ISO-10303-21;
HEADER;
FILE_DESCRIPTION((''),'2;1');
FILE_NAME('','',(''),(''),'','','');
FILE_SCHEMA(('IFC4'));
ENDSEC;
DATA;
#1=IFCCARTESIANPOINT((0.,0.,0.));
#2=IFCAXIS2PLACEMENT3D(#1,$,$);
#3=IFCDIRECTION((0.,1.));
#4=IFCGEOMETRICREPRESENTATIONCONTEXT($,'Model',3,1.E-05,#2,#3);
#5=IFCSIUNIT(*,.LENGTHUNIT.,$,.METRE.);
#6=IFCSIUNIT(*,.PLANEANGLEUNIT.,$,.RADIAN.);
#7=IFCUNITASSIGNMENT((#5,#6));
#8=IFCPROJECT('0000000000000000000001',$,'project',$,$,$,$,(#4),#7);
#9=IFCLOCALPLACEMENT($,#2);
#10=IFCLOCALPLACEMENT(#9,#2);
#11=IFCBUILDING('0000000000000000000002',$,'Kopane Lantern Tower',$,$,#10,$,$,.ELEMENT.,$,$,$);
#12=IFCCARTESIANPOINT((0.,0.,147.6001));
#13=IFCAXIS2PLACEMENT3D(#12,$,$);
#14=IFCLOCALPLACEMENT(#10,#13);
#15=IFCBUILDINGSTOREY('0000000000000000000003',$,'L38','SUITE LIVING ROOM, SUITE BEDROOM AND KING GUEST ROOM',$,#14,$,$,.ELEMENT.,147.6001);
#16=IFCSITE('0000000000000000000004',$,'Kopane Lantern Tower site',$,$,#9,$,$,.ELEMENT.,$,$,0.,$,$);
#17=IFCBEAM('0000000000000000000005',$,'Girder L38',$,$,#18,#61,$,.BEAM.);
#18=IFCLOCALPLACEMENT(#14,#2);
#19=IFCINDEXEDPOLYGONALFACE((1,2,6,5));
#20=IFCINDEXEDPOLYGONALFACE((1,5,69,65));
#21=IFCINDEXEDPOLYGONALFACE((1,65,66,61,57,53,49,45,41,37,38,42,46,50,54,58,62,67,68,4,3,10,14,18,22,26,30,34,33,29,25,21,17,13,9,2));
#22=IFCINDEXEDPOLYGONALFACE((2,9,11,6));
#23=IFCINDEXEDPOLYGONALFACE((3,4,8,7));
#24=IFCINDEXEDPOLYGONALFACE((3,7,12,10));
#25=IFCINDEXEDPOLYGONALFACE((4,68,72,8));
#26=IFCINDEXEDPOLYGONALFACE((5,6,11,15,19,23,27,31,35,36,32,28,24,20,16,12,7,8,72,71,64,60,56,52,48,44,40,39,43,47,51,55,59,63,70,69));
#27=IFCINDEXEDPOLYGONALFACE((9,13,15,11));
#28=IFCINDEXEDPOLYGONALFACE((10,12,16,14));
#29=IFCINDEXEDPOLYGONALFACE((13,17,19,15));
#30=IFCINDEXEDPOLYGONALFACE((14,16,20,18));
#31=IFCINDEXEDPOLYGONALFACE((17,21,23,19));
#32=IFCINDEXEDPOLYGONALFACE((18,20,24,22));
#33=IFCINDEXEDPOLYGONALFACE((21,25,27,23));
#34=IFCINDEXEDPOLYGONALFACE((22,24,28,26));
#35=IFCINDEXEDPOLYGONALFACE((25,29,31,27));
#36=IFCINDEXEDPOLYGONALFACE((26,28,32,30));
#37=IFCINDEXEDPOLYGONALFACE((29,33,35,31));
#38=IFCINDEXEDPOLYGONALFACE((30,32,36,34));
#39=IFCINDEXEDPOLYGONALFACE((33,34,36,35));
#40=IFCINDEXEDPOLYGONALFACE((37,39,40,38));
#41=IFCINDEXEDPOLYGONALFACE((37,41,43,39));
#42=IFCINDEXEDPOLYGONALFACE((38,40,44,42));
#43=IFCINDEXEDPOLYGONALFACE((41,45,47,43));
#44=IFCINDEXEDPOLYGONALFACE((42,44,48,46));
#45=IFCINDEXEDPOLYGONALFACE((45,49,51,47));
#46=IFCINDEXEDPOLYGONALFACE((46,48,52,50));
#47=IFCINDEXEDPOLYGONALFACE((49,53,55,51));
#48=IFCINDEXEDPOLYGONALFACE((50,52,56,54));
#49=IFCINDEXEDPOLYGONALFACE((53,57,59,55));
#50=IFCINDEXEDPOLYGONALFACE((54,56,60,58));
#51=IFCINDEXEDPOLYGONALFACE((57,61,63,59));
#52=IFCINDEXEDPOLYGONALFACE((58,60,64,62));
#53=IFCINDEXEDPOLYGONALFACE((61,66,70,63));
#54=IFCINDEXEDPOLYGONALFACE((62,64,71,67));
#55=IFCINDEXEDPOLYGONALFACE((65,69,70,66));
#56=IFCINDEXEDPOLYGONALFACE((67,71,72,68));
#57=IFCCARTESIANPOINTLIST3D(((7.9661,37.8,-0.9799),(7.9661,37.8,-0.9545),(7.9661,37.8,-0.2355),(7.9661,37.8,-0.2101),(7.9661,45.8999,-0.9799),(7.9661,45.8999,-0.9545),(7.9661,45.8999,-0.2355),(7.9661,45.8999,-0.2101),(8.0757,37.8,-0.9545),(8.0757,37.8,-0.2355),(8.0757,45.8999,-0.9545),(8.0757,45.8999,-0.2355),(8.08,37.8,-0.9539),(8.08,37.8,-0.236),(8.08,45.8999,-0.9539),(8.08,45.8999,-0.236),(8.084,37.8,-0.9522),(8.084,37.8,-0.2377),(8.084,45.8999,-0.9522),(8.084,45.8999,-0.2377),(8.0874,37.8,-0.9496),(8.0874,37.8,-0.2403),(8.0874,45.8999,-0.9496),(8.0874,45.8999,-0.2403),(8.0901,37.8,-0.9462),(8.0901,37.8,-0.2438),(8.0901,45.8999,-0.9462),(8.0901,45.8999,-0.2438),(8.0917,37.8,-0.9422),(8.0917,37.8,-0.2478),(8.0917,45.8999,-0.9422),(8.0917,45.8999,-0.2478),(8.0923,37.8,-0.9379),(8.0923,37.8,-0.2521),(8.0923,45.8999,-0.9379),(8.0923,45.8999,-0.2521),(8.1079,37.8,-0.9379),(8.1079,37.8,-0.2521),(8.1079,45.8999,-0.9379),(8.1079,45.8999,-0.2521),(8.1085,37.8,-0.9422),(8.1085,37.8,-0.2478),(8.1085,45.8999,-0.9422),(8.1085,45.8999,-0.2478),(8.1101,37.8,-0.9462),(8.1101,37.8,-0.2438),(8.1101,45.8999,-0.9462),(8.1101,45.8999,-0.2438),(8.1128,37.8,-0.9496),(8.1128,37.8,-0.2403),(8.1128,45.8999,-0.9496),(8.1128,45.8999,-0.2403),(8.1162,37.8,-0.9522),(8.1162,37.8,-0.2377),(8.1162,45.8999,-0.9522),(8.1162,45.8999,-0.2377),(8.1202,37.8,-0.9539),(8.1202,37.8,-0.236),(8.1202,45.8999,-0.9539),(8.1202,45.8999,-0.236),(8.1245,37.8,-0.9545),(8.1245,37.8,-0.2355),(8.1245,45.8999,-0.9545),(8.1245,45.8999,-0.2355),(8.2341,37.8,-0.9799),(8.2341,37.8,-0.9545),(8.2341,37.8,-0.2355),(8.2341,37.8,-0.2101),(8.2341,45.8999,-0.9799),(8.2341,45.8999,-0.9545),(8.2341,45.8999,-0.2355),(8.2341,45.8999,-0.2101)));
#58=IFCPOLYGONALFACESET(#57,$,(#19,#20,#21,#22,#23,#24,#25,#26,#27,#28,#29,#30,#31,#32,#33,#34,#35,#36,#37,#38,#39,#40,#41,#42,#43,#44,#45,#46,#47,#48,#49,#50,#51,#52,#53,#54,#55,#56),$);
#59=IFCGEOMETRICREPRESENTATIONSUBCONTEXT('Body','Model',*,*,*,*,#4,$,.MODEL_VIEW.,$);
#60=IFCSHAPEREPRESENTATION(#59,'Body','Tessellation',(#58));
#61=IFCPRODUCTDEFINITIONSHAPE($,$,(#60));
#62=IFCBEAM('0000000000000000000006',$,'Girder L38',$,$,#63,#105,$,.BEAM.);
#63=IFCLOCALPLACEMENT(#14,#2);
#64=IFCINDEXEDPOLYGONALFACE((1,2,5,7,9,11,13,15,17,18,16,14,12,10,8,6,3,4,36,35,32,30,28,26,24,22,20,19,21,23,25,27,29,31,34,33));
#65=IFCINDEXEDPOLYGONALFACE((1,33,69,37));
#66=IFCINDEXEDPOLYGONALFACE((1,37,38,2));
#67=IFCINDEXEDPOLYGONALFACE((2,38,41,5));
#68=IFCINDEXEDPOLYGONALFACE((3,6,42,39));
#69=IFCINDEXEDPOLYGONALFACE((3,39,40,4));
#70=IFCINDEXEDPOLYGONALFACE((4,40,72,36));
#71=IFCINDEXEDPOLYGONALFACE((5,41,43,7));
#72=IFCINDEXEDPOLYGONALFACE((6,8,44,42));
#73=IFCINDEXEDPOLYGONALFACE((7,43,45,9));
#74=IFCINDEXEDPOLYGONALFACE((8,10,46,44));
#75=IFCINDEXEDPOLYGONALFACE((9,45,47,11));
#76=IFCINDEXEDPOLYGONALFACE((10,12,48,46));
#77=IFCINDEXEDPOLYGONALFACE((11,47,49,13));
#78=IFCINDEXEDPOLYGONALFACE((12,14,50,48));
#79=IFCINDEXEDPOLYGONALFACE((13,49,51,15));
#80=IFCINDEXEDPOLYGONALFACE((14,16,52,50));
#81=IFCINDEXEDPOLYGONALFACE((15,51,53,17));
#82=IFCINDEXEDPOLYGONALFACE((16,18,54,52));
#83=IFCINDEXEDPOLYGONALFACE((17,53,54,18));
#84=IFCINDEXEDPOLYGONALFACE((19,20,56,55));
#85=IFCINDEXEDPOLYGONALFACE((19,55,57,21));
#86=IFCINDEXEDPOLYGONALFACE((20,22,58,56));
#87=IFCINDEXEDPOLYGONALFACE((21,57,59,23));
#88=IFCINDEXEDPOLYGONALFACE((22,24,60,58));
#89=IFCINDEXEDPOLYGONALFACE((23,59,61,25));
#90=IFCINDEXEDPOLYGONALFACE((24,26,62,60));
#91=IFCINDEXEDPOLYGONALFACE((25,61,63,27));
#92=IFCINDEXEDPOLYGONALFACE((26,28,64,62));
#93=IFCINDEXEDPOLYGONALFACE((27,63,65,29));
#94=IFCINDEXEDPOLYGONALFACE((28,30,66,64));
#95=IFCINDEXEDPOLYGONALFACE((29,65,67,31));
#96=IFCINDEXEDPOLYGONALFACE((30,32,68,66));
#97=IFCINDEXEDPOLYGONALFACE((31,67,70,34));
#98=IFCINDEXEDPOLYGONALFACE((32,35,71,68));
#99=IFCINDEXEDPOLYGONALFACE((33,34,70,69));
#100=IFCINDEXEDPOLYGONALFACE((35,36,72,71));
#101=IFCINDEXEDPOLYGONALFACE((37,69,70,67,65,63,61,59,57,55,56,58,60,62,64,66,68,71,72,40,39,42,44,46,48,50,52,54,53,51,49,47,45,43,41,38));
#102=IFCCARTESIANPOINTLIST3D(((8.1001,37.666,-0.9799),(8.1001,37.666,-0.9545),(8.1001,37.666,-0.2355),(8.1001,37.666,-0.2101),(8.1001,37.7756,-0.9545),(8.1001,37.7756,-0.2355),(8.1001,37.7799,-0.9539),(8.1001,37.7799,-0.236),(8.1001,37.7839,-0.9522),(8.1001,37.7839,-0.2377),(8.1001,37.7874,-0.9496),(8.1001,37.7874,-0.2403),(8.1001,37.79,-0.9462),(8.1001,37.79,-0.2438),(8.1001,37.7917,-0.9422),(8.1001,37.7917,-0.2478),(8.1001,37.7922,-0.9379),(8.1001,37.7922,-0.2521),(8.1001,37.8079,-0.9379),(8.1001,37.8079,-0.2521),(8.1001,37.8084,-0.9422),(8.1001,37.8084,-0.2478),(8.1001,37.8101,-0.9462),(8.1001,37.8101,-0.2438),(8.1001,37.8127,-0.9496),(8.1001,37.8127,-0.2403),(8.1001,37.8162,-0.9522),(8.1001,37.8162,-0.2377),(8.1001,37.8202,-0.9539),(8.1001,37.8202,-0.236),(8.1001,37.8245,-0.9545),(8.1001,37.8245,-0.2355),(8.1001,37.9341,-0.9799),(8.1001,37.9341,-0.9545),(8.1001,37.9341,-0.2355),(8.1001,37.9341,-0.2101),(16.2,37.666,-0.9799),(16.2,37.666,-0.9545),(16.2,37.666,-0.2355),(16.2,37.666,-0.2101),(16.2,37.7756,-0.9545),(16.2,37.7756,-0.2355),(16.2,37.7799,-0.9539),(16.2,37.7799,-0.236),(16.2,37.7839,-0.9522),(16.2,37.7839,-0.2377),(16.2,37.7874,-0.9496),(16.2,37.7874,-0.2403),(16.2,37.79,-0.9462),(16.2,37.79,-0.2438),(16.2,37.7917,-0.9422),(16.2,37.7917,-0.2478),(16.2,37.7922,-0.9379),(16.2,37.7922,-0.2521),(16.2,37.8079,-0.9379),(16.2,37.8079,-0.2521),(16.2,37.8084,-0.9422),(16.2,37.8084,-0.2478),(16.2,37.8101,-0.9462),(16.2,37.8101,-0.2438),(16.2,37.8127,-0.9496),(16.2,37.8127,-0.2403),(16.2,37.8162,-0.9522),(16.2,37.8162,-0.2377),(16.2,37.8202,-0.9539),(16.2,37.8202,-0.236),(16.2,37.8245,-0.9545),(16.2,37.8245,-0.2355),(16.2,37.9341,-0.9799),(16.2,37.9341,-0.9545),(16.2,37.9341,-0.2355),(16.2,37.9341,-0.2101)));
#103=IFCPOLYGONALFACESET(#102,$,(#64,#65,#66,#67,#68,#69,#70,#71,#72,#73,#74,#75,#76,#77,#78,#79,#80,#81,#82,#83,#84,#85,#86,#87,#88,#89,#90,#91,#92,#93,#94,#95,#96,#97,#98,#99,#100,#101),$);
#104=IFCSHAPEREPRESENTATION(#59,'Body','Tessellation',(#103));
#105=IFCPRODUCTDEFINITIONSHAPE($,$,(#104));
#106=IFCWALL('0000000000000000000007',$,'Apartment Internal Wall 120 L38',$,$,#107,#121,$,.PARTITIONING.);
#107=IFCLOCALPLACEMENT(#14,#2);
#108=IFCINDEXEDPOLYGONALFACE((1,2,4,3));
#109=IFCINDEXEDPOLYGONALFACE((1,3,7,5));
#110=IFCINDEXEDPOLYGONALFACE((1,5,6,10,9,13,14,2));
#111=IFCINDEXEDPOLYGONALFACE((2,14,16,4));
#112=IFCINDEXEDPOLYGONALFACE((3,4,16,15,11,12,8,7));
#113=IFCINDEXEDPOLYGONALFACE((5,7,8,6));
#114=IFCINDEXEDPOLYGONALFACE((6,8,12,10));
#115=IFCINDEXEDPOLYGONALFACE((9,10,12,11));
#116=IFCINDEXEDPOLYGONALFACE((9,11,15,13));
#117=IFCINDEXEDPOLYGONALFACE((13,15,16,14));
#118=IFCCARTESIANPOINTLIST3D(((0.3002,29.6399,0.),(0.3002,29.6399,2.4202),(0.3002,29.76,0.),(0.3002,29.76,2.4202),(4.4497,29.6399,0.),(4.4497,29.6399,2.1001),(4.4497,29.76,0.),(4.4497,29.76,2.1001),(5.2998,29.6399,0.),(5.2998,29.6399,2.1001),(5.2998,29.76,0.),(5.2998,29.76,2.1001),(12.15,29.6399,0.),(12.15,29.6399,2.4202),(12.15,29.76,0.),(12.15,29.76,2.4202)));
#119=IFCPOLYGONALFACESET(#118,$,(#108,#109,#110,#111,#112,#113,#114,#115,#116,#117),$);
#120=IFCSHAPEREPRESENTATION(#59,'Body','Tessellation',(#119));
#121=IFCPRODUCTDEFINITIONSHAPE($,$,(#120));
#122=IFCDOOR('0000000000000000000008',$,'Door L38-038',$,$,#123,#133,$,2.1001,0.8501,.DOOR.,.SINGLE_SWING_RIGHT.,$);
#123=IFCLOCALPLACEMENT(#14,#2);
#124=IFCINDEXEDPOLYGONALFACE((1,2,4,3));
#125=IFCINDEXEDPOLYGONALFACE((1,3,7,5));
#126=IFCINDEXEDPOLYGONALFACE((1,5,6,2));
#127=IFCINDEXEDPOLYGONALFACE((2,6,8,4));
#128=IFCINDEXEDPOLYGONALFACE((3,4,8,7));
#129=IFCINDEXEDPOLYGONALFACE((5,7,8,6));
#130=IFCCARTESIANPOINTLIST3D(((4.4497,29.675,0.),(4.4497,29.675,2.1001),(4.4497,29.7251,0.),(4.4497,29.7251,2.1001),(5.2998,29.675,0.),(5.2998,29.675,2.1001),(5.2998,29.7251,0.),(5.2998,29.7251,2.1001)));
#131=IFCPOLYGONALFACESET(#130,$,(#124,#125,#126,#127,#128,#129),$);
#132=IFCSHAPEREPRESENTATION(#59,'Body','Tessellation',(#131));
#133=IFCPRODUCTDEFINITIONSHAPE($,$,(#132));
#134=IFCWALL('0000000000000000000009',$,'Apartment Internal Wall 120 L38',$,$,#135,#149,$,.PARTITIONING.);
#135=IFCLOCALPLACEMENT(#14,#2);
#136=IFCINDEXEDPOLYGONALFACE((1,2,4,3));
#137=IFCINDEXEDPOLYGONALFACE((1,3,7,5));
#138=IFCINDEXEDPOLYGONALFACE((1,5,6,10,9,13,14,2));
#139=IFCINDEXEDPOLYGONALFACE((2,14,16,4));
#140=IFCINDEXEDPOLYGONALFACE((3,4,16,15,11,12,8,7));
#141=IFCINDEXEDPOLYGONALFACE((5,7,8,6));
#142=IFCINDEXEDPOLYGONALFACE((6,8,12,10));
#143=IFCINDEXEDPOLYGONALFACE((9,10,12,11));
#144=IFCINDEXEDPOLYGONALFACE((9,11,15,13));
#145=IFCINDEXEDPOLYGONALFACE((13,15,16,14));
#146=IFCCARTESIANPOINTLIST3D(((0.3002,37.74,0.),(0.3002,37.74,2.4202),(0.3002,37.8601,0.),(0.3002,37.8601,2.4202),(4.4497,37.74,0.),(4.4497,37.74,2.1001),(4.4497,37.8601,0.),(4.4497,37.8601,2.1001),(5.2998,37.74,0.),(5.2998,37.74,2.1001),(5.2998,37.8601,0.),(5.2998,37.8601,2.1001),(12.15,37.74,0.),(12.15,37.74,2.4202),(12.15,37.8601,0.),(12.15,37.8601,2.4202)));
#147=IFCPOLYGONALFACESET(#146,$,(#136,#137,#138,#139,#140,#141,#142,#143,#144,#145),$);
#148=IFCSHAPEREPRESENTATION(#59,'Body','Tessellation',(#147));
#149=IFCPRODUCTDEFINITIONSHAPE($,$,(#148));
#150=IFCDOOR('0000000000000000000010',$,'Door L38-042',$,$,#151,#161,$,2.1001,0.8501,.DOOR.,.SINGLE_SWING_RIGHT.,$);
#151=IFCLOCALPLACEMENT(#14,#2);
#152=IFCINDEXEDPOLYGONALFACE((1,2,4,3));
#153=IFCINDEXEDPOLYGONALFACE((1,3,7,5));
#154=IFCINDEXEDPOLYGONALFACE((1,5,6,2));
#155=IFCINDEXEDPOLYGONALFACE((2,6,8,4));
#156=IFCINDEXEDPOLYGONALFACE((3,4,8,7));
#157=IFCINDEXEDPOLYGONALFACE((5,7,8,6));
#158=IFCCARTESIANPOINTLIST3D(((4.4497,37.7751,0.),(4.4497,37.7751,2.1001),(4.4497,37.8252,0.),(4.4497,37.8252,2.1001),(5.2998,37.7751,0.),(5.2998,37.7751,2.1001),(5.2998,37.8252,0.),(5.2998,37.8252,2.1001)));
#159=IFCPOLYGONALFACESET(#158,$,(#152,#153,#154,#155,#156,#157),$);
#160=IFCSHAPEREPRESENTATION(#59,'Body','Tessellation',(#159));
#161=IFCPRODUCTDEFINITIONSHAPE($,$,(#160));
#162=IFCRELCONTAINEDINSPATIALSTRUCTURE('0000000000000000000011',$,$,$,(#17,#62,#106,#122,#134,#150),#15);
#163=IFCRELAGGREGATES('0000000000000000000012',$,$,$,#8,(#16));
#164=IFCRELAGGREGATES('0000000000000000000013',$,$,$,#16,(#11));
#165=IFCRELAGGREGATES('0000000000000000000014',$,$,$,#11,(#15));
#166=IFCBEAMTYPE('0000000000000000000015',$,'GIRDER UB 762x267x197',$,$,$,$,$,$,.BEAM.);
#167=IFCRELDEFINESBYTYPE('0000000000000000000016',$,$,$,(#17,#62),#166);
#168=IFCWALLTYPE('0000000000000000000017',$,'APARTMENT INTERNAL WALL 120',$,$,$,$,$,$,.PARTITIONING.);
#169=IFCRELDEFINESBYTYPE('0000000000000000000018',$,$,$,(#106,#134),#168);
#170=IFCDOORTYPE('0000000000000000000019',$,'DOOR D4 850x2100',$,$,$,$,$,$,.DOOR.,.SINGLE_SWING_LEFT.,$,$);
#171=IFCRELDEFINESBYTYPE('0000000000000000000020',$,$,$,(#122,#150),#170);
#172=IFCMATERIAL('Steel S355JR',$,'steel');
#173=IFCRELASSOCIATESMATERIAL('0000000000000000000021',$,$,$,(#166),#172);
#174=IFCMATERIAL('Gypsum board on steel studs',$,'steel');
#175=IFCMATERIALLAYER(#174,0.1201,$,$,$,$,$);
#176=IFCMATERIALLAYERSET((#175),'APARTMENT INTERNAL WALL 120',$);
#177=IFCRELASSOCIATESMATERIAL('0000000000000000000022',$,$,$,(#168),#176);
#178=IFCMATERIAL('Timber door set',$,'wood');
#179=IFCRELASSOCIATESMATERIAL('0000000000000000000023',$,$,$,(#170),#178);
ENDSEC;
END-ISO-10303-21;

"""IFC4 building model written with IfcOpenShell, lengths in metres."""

from ifc_helpers import new_model, si_unit, direction, frame, frame_2d, origin, origin_2d, place, context, subcontext, project, spatial, rectangle, i_section, extrude, material, layer, layer_set, material_profile, profile_set, type_object, element, fill, save


model = new_model("IFC4")

# Units and contexts
model_context = context("Model", 3, precision=1e-05, world=origin(), true_north=direction((0.0, 1.0)))
body_context = subcontext(model_context, "Body", "Model", "MODEL_VIEW")
ifc_project = project(units=[si_unit("LENGTHUNIT", "METRE"), si_unit("PLANEANGLEUNIT", "RADIAN")], contexts=[model_context])

# Site, building, storey
site_placement = place(None, origin())
site = spatial("IfcSite", under=ifc_project, at=site_placement, Name="Kopane Lantern Tower site", CompositionType="ELEMENT", RefElevation=0.0)
building_placement = place(site_placement, origin())
building = spatial("IfcBuilding", under=site, at=building_placement, Name="Kopane Lantern Tower", CompositionType="ELEMENT")
storey_placement = place(building_placement, frame((0.0, 0.0, 147.6001)))
storey = spatial("IfcBuildingStorey", under=building, at=storey_placement, Name="L38", Description="SUITE LIVING ROOM, SUITE BEDROOM AND KING GUEST ROOM", CompositionType="ELEMENT", Elevation=147.6001)

# Beams
ifc_material_1 = material(Name="Steel S355JR", Category="steel")
ifc_material_profile_1 = material_profile(ifc_material_1, i_section(OverallWidth=0.2681, OverallDepth=0.7698, WebThickness=0.0156, FlangeThickness=0.0254, FilletRadius=0.0166, at=origin_2d()), Name="UB 762x267x197")
ifc_profile_set_1 = profile_set([ifc_material_profile_1], Name="Steel S355JR")
beam_type = type_object("IfcBeamType", Name="GIRDER UB 762x267x197", PredefinedType="BEAM", material=ifc_profile_set_1)
for number, where, z_axis, x_axis, name in (
    (1, (8.1001, 37.8, -0.595), (0.0, 1.0, 0.0), (-1.0, 0.0, 0.0), "Girder L38"),
    (2, (8.1001, 37.8, -0.595), (1.0, 0.0, 0.0), (0.0, 1.0, 0.0), "Girder L38"),
):
    element("IfcBeam", number, at=place(storey_placement, frame(where, z_axis=z_axis, x_axis=x_axis)), inside=storey, type_object=beam_type, Name=name, PredefinedType="BEAM", context=body_context, shape_type="SweptSolid", body=[
        extrude(i_section(OverallWidth=0.2681, OverallDepth=0.7698, WebThickness=0.0156, FlangeThickness=0.0254, FilletRadius=0.0166, at=origin_2d()), origin(), (0.0, 0.0, 1.0), 8.0999),
    ])

# Walls, openings, doors
ifc_material_2 = material(Name="Gypsum board on steel studs", Category="steel")
ifc_layer_1 = layer(ifc_material_2, 0.1201)
ifc_layer_set_1 = layer_set([ifc_layer_1], Name="APARTMENT INTERNAL WALL 120")
wall_type_1 = type_object("IfcWallType", Name="APARTMENT INTERNAL WALL 120", PredefinedType="PARTITIONING", material=ifc_layer_set_1)
wall_1_placement = place(storey_placement, frame((12.1499, 29.7, 0.0), z_axis=(0.0, 0.0, 1.0), x_axis=(-1.0, 0.0, 0.0)))
wall_1 = element("IfcWall", 3, at=wall_1_placement, inside=storey, type_object=wall_type_1, Name="Apartment Internal Wall 120 L38", PredefinedType="PARTITIONING", context=body_context, shape_type="SweptSolid", body=[
    extrude(rectangle(XDim=11.8499, YDim=0.1201, at=frame_2d((5.9248, 0.0))), origin(), (0.0, 0.0, 1.0), 2.4202),
])
opening_1_placement = place(wall_1_placement, frame((6.8501, 0.0, 0.0)))
opening_1 = element("IfcOpeningElement", 4, at=opening_1_placement, cuts=wall_1, PredefinedType="OPENING", context=body_context, shape_type="SweptSolid", body=[
    extrude(rectangle(XDim=0.8501, YDim=2.1001, at=frame_2d((0.425, 1.05))), frame((0.0, 0.0701, 0.0), z_axis=(0.0, -1.0, 0.0), x_axis=(1.0, 0.0, 0.0)), (0.0, 0.0, 1.0), 0.1401),
])
ifc_material_3 = material(Name="Timber door set", Category="wood")
door_type_1 = type_object("IfcDoorType", Name="DOOR D4 850x2100", OperationType="SINGLE_SWING_LEFT", PredefinedType="DOOR", material=ifc_material_3)
door_1_placement = place(opening_1_placement, origin())
door_1 = element("IfcDoor", 5, at=door_1_placement, inside=storey, type_object=door_type_1, Name="Door L38-038", OperationType="SINGLE_SWING_RIGHT", OverallHeight=2.1001, OverallWidth=0.8501, PredefinedType="DOOR", context=body_context, shape_type="SweptSolid", body=[
    extrude(rectangle(XDim=0.8501, YDim=2.1001, at=frame_2d((0.425, 1.05))), frame((0.0, 0.0249, 0.0), z_axis=(0.0, -1.0, 0.0), x_axis=(1.0, 0.0, 0.0)), (0.0, 0.0, 1.0), 0.05),
])
fill(opening_1, door_1)
wall_2_placement = place(storey_placement, frame((12.1499, 37.8, 0.0), z_axis=(0.0, 0.0, 1.0), x_axis=(-1.0, 0.0, 0.0)))
wall_2 = element("IfcWall", 6, at=wall_2_placement, inside=storey, type_object=wall_type_1, Name="Apartment Internal Wall 120 L38", PredefinedType="PARTITIONING", context=body_context, shape_type="SweptSolid", body=[
    extrude(rectangle(XDim=11.8499, YDim=0.1201, at=frame_2d((5.9248, 0.0))), origin(), (0.0, 0.0, 1.0), 2.4202),
])
opening_2_placement = place(wall_2_placement, frame((6.8501, 0.0, 0.0)))
opening_2 = element("IfcOpeningElement", 7, at=opening_2_placement, cuts=wall_2, PredefinedType="OPENING", context=body_context, shape_type="SweptSolid", body=[
    extrude(rectangle(XDim=0.8501, YDim=2.1001, at=frame_2d((0.425, 1.05))), frame((0.0, 0.0701, 0.0), z_axis=(0.0, -1.0, 0.0), x_axis=(1.0, 0.0, 0.0)), (0.0, 0.0, 1.0), 0.1401),
])
door_2_placement = place(opening_2_placement, origin())
door_2 = element("IfcDoor", 8, at=door_2_placement, inside=storey, type_object=door_type_1, Name="Door L38-042", OperationType="SINGLE_SWING_RIGHT", OverallHeight=2.1001, OverallWidth=0.8501, PredefinedType="DOOR", context=body_context, shape_type="SweptSolid", body=[
    extrude(rectangle(XDim=0.8501, YDim=2.1001, at=frame_2d((0.425, 1.05))), frame((0.0, 0.0249, 0.0), z_axis=(0.0, -1.0, 0.0), x_axis=(1.0, 0.0, 0.0)), (0.0, 0.0, 1.0), 0.05),
])
fill(opening_2, door_2)

save(model, "model.ifc")
